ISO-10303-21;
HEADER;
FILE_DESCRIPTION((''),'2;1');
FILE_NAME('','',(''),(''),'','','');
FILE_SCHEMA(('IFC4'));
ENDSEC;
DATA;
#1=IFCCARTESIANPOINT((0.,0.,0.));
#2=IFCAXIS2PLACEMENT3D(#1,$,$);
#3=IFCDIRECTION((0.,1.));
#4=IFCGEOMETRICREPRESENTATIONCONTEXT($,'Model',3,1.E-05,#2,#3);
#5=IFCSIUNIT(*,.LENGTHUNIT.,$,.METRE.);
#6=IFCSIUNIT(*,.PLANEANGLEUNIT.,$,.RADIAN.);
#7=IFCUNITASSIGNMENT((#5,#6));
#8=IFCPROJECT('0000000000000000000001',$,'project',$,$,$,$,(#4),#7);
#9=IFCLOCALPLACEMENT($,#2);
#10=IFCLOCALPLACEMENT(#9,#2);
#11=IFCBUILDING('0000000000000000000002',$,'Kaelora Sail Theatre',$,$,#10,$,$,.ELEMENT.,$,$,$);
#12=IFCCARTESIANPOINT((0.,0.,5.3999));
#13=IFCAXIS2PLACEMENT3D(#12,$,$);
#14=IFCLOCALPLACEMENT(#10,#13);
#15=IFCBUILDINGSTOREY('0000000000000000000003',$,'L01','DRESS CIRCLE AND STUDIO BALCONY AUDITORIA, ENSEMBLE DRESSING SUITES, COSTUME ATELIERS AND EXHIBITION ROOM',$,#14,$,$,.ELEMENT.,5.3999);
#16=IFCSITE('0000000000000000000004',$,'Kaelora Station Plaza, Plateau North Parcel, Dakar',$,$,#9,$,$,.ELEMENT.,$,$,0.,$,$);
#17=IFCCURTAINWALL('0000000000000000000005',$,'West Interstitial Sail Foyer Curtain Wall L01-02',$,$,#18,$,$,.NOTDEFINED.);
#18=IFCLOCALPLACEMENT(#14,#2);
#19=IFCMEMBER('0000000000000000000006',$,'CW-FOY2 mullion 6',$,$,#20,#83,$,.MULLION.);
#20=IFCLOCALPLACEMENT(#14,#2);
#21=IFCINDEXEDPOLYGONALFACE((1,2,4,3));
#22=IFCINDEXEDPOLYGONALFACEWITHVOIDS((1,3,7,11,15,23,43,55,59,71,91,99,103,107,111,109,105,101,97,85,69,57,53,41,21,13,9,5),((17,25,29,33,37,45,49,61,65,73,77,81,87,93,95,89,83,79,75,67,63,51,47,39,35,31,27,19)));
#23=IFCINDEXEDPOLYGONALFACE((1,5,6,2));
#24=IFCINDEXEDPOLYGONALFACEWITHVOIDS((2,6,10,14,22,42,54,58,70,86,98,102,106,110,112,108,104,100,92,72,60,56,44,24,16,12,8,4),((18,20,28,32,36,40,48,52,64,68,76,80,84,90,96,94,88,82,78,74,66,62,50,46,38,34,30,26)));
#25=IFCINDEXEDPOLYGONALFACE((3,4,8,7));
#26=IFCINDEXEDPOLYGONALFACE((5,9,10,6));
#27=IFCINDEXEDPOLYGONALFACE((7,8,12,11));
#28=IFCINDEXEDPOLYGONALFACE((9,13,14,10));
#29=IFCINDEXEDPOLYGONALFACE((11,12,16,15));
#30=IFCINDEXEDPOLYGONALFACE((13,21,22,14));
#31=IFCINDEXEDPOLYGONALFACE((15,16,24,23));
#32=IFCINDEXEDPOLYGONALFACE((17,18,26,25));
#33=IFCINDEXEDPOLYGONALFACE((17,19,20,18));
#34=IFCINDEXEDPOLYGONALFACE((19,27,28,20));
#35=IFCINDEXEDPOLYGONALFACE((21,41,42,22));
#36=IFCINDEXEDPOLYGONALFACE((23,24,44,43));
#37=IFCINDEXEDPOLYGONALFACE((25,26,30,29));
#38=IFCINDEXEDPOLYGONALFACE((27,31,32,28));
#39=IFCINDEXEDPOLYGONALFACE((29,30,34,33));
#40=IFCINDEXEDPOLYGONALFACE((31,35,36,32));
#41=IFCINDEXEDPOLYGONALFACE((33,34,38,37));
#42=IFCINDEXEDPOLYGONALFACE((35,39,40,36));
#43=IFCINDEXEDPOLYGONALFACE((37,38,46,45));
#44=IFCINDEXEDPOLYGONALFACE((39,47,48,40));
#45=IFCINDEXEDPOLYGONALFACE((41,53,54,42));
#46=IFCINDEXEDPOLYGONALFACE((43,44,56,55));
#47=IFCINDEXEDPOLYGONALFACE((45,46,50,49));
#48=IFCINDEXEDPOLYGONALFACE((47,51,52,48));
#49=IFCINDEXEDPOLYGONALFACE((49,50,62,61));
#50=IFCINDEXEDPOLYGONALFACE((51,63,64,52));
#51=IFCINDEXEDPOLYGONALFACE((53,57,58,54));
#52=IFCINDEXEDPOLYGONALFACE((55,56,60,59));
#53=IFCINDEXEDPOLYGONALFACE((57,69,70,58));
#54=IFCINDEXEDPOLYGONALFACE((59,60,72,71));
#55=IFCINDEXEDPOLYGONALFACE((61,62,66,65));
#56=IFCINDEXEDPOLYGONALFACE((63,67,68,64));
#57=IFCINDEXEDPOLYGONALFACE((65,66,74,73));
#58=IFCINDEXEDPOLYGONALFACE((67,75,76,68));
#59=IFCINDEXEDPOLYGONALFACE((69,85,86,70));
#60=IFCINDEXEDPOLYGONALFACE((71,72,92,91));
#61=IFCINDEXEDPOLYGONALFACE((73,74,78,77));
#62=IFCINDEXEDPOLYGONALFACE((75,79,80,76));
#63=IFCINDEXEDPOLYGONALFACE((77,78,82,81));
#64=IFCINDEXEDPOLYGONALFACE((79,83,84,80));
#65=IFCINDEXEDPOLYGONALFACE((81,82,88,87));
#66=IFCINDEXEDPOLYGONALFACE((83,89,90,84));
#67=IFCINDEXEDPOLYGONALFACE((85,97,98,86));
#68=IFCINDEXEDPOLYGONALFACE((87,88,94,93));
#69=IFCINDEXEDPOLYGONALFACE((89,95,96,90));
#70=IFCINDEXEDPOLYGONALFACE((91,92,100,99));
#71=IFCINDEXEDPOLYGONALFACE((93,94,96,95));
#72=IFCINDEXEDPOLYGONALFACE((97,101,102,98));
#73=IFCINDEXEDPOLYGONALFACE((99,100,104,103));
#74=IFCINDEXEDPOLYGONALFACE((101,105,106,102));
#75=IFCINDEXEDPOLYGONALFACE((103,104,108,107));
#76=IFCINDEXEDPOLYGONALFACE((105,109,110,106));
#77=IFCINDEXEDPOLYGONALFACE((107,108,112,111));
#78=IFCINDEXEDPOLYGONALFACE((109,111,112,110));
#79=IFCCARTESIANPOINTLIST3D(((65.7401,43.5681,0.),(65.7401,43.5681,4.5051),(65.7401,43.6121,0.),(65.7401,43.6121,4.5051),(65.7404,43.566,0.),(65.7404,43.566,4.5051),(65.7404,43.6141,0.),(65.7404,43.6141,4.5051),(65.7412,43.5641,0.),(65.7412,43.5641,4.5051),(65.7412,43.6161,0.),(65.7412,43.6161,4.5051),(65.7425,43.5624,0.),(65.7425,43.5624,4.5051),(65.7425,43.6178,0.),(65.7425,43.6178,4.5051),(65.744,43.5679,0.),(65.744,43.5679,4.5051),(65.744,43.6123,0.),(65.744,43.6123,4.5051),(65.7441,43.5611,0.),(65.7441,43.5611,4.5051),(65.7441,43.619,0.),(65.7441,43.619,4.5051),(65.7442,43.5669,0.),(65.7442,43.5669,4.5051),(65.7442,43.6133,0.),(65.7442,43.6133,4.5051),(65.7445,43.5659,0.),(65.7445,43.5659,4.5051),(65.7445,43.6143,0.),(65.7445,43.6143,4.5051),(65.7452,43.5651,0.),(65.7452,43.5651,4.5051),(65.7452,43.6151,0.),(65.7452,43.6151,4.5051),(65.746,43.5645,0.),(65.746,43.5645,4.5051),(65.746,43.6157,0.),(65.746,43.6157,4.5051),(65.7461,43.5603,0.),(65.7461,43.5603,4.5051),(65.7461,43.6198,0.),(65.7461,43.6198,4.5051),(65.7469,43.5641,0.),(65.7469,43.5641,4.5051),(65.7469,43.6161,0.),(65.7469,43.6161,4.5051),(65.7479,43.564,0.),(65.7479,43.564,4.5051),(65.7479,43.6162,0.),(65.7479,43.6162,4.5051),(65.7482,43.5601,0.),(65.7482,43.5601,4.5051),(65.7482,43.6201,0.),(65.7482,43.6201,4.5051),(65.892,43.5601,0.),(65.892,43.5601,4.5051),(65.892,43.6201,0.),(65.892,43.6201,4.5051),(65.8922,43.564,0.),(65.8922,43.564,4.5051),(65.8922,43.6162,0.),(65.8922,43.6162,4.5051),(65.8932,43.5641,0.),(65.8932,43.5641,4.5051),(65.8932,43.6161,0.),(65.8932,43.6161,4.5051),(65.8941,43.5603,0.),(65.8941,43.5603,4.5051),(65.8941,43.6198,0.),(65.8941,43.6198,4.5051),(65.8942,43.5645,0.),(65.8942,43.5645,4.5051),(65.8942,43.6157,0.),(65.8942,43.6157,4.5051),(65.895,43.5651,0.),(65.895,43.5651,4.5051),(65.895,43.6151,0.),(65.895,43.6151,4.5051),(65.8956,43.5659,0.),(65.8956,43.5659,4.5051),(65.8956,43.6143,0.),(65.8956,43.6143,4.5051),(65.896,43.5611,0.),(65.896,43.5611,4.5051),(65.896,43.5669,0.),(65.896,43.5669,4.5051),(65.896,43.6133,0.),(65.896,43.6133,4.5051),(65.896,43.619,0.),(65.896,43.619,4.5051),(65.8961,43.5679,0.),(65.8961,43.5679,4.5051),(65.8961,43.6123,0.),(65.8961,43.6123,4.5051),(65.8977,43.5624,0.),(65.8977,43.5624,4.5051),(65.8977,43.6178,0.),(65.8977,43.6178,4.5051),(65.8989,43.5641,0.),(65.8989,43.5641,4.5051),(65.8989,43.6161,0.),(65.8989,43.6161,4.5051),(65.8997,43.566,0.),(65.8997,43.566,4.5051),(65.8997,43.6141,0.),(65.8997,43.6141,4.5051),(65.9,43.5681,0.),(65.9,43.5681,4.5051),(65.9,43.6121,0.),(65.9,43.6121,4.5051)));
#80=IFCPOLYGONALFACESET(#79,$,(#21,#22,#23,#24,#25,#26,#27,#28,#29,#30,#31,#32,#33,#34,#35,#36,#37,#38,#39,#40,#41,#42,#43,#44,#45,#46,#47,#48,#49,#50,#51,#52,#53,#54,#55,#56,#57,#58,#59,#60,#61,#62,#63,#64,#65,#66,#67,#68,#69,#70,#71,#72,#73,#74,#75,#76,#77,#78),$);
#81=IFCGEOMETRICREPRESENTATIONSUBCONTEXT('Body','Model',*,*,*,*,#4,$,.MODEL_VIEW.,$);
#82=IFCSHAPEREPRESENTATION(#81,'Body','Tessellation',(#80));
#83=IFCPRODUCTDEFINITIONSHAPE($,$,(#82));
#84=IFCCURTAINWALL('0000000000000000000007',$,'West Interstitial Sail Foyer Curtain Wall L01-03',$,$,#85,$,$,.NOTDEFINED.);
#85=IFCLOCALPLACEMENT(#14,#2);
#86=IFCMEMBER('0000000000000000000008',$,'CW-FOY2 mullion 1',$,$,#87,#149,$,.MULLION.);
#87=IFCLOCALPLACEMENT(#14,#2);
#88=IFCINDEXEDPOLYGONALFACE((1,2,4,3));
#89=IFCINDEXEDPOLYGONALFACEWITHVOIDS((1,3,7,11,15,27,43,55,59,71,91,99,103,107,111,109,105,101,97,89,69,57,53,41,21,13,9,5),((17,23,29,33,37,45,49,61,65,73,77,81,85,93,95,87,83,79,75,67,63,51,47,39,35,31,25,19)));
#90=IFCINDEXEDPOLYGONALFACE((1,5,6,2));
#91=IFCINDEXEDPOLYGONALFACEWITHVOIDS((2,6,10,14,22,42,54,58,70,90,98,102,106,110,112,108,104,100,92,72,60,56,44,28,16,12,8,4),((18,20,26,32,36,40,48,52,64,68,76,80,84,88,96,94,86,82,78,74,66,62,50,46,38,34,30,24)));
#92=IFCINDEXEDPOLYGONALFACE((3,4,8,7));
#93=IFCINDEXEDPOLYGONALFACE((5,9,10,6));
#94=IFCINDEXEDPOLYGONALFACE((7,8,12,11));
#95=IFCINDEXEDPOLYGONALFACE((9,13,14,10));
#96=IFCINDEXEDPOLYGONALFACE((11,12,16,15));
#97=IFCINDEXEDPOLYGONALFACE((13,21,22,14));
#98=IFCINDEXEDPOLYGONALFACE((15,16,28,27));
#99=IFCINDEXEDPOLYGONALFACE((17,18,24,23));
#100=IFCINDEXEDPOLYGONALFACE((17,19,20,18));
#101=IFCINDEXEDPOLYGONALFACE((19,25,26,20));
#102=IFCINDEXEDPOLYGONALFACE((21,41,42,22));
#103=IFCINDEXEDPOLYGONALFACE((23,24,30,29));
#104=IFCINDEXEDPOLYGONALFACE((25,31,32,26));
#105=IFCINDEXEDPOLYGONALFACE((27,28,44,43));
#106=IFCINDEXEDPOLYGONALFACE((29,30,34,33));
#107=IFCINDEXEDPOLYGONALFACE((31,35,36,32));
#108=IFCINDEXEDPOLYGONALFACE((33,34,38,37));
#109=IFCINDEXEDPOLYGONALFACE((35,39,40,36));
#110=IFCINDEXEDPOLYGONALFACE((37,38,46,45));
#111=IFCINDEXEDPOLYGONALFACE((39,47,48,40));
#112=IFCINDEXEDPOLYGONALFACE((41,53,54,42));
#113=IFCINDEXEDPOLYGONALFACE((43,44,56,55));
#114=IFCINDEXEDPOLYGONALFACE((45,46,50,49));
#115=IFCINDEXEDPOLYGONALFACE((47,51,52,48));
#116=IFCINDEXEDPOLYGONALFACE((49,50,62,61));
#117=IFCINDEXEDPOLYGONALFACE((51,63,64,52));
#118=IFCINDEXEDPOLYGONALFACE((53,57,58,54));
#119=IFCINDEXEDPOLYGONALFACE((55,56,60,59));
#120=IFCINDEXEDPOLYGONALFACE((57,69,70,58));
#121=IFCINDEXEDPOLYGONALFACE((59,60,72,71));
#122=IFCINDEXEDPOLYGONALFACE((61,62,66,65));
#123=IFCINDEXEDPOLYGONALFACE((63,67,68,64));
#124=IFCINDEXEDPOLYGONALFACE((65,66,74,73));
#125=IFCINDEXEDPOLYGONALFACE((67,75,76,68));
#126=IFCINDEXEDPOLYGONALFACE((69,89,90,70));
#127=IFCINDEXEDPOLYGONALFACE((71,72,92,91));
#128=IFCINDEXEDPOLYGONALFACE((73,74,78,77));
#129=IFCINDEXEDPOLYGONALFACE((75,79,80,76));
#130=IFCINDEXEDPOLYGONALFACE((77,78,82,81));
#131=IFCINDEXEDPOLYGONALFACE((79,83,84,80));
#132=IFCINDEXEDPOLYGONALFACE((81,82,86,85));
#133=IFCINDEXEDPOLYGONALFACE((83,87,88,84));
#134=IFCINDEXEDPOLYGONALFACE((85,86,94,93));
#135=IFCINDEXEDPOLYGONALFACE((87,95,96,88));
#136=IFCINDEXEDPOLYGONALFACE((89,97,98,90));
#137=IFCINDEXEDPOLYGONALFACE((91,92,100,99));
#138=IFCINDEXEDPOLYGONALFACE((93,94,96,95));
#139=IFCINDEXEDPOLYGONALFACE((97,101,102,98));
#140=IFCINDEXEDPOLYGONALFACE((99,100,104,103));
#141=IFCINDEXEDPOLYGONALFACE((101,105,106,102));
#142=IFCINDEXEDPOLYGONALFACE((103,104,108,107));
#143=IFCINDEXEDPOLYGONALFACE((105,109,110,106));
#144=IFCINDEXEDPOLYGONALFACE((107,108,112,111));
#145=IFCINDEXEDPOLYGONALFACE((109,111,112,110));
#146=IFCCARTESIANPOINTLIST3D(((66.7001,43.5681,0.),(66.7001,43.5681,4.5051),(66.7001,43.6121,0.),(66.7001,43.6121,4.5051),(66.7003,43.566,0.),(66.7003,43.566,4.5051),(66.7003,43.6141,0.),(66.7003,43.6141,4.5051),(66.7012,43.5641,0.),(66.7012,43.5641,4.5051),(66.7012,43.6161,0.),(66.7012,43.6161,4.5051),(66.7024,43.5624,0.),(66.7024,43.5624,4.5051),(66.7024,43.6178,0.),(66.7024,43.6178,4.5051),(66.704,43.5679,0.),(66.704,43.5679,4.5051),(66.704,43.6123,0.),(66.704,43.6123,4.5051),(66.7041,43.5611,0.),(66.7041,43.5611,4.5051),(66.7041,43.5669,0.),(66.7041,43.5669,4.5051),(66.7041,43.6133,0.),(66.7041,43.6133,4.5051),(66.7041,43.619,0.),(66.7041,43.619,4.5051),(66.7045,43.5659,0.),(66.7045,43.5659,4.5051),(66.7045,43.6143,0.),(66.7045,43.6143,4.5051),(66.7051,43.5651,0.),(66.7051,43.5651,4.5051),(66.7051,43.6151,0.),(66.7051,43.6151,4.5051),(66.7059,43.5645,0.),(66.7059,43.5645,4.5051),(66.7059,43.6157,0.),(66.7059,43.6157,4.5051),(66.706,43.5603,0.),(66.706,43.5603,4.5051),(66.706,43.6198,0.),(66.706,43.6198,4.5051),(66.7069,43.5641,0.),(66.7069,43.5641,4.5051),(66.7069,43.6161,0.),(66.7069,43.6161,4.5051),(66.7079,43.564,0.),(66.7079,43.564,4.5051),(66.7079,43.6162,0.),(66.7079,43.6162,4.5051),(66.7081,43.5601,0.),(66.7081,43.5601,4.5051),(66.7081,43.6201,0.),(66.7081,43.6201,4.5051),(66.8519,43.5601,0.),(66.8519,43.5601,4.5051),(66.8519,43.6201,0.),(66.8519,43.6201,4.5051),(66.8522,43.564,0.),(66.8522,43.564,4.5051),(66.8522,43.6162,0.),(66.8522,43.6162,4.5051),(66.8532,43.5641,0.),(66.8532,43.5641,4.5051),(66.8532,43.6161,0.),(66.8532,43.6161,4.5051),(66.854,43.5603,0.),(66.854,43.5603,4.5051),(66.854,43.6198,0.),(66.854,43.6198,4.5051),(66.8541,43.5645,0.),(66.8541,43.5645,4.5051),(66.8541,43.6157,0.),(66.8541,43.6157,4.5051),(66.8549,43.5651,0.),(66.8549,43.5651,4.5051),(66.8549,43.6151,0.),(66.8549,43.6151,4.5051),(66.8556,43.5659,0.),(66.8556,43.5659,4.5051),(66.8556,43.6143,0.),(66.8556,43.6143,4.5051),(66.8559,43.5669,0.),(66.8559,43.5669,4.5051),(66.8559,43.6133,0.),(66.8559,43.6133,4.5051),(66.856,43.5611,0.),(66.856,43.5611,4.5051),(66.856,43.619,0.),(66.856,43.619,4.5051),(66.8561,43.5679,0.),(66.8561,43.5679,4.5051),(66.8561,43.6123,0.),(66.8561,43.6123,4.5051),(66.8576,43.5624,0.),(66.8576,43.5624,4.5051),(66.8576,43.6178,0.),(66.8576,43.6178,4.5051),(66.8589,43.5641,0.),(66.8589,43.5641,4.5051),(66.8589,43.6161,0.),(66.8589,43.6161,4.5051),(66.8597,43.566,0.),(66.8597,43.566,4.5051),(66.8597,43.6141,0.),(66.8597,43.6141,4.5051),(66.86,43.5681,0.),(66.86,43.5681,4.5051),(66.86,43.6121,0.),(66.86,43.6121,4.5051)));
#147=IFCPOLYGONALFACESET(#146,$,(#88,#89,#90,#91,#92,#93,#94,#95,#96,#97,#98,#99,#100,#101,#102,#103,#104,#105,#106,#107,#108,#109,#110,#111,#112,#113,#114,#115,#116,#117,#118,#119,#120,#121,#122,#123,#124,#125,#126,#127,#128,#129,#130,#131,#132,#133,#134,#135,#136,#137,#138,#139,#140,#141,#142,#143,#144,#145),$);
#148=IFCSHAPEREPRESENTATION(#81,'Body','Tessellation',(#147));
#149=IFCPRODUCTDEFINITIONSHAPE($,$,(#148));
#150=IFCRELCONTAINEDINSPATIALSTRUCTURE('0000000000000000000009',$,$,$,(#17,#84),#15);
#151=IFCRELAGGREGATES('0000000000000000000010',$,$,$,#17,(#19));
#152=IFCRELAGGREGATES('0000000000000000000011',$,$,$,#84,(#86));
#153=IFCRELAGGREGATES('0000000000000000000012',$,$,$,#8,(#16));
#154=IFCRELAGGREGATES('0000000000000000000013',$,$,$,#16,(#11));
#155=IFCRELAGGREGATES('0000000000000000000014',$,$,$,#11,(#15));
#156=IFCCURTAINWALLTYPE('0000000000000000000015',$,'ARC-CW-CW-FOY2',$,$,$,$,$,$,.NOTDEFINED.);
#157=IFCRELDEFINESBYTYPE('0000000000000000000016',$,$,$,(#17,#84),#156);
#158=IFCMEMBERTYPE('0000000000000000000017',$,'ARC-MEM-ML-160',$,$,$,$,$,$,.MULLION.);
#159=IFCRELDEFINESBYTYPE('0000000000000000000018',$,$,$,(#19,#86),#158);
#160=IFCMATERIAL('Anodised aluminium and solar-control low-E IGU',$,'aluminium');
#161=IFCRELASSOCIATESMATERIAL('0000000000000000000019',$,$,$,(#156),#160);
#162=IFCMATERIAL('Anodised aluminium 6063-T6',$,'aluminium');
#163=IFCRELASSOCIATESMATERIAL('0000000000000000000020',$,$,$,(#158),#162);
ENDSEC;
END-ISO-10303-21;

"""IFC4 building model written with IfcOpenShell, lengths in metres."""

from ifc_helpers import new_model, si_unit, direction, frame, origin, origin_2d, place, context, subcontext, project, spatial, hollow_rectangle, extrude, material, material_profile, profile_set, type_object, element, aggregate, save


model = new_model("IFC4")

# Units and contexts
model_context = context("Model", 3, precision=1e-05, world=origin(), true_north=direction((0.0, 1.0)))
body_context = subcontext(model_context, "Body", "Model", "MODEL_VIEW")
ifc_project = project(units=[si_unit("LENGTHUNIT", "METRE"), si_unit("PLANEANGLEUNIT", "RADIAN")], contexts=[model_context])

# Site, building, storey
site_placement = place(None, origin())
site = spatial("IfcSite", under=ifc_project, at=site_placement, Name="Kaelora Station Plaza, Plateau North Parcel, Dakar", CompositionType="ELEMENT", RefElevation=0.0)
building_placement = place(site_placement, origin())
building = spatial("IfcBuilding", under=site, at=building_placement, Name="Kaelora Sail Theatre", CompositionType="ELEMENT")
storey_placement = place(building_placement, frame((0.0, 0.0, 5.3999)))
storey = spatial("IfcBuildingStorey", under=building, at=storey_placement, Name="L01", Description="DRESS CIRCLE AND STUDIO BALCONY AUDITORIA, ENSEMBLE DRESSING SUITES, COSTUME ATELIERS AND EXHIBITION ROOM", CompositionType="ELEMENT", Elevation=5.3999)

# Curtain walls, members
ifc_material_1 = material(Name="Anodised aluminium and solar-control low-E IGU", Category="aluminium")
curtain_wall_type = type_object("IfcCurtainWallType", Name="ARC-CW-CW-FOY2", PredefinedType="NOTDEFINED", material=ifc_material_1)
curtain_wall_1_placement = place(storey_placement, origin())
curtain_wall_1 = element("IfcCurtainWall", 1, at=curtain_wall_1_placement, inside=storey, type_object=curtain_wall_type, Name="West Interstitial Sail Foyer Curtain Wall L01-02", PredefinedType="NOTDEFINED")
ifc_material_2 = material(Name="Anodised aluminium 6063-T6", Category="aluminium")
ifc_material_profile_1 = material_profile(ifc_material_2, hollow_rectangle(XDim=0.0601, YDim=0.1599, WallThickness=0.0039, InnerFilletRadius=0.0039, OuterFilletRadius=0.0081, at=origin_2d()), Name="ALU-MULL 60x160x4")
ifc_profile_set_1 = profile_set([ifc_material_profile_1], Name="Anodised aluminium 6063-T6")
member_type_1 = type_object("IfcMemberType", Name="ARC-MEM-ML-160", PredefinedType="MULLION", material=ifc_profile_set_1)
member_1_placement = place(storey_placement, frame((65.8201, 43.5901, 0.0), z_axis=(0.0, 0.0, 1.0), x_axis=(0.0, 1.0, 0.0)))
member_1 = element("IfcMember", 2, at=member_1_placement, type_object=member_type_1, Name="CW-FOY2 mullion 6", PredefinedType="MULLION", context=body_context, shape_type="SweptSolid", body=[
    extrude(hollow_rectangle(XDim=0.0601, YDim=0.1599, WallThickness=0.0039, InnerFilletRadius=0.0039, OuterFilletRadius=0.0081, at=origin_2d()), origin(), (0.0, 0.0, 1.0), 4.5051),
])
curtain_wall_2_placement = place(storey_placement, origin())
curtain_wall_2 = element("IfcCurtainWall", 3, at=curtain_wall_2_placement, inside=storey, type_object=curtain_wall_type, Name="West Interstitial Sail Foyer Curtain Wall L01-03", PredefinedType="NOTDEFINED")
member_2_placement = place(storey_placement, frame((66.78, 43.5901, 0.0), z_axis=(0.0, 0.0, 1.0), x_axis=(0.0, 1.0, 0.0)))
member_2 = element("IfcMember", 4, at=member_2_placement, type_object=member_type_1, Name="CW-FOY2 mullion 1", PredefinedType="MULLION", context=body_context, shape_type="SweptSolid", body=[
    extrude(hollow_rectangle(XDim=0.0601, YDim=0.1599, WallThickness=0.0039, InnerFilletRadius=0.0039, OuterFilletRadius=0.0081, at=origin_2d()), origin(), (0.0, 0.0, 1.0), 4.5051),
])

aggregate(curtain_wall_1, [member_1])
aggregate(curtain_wall_2, [member_2])

save(model, "model.ifc")
